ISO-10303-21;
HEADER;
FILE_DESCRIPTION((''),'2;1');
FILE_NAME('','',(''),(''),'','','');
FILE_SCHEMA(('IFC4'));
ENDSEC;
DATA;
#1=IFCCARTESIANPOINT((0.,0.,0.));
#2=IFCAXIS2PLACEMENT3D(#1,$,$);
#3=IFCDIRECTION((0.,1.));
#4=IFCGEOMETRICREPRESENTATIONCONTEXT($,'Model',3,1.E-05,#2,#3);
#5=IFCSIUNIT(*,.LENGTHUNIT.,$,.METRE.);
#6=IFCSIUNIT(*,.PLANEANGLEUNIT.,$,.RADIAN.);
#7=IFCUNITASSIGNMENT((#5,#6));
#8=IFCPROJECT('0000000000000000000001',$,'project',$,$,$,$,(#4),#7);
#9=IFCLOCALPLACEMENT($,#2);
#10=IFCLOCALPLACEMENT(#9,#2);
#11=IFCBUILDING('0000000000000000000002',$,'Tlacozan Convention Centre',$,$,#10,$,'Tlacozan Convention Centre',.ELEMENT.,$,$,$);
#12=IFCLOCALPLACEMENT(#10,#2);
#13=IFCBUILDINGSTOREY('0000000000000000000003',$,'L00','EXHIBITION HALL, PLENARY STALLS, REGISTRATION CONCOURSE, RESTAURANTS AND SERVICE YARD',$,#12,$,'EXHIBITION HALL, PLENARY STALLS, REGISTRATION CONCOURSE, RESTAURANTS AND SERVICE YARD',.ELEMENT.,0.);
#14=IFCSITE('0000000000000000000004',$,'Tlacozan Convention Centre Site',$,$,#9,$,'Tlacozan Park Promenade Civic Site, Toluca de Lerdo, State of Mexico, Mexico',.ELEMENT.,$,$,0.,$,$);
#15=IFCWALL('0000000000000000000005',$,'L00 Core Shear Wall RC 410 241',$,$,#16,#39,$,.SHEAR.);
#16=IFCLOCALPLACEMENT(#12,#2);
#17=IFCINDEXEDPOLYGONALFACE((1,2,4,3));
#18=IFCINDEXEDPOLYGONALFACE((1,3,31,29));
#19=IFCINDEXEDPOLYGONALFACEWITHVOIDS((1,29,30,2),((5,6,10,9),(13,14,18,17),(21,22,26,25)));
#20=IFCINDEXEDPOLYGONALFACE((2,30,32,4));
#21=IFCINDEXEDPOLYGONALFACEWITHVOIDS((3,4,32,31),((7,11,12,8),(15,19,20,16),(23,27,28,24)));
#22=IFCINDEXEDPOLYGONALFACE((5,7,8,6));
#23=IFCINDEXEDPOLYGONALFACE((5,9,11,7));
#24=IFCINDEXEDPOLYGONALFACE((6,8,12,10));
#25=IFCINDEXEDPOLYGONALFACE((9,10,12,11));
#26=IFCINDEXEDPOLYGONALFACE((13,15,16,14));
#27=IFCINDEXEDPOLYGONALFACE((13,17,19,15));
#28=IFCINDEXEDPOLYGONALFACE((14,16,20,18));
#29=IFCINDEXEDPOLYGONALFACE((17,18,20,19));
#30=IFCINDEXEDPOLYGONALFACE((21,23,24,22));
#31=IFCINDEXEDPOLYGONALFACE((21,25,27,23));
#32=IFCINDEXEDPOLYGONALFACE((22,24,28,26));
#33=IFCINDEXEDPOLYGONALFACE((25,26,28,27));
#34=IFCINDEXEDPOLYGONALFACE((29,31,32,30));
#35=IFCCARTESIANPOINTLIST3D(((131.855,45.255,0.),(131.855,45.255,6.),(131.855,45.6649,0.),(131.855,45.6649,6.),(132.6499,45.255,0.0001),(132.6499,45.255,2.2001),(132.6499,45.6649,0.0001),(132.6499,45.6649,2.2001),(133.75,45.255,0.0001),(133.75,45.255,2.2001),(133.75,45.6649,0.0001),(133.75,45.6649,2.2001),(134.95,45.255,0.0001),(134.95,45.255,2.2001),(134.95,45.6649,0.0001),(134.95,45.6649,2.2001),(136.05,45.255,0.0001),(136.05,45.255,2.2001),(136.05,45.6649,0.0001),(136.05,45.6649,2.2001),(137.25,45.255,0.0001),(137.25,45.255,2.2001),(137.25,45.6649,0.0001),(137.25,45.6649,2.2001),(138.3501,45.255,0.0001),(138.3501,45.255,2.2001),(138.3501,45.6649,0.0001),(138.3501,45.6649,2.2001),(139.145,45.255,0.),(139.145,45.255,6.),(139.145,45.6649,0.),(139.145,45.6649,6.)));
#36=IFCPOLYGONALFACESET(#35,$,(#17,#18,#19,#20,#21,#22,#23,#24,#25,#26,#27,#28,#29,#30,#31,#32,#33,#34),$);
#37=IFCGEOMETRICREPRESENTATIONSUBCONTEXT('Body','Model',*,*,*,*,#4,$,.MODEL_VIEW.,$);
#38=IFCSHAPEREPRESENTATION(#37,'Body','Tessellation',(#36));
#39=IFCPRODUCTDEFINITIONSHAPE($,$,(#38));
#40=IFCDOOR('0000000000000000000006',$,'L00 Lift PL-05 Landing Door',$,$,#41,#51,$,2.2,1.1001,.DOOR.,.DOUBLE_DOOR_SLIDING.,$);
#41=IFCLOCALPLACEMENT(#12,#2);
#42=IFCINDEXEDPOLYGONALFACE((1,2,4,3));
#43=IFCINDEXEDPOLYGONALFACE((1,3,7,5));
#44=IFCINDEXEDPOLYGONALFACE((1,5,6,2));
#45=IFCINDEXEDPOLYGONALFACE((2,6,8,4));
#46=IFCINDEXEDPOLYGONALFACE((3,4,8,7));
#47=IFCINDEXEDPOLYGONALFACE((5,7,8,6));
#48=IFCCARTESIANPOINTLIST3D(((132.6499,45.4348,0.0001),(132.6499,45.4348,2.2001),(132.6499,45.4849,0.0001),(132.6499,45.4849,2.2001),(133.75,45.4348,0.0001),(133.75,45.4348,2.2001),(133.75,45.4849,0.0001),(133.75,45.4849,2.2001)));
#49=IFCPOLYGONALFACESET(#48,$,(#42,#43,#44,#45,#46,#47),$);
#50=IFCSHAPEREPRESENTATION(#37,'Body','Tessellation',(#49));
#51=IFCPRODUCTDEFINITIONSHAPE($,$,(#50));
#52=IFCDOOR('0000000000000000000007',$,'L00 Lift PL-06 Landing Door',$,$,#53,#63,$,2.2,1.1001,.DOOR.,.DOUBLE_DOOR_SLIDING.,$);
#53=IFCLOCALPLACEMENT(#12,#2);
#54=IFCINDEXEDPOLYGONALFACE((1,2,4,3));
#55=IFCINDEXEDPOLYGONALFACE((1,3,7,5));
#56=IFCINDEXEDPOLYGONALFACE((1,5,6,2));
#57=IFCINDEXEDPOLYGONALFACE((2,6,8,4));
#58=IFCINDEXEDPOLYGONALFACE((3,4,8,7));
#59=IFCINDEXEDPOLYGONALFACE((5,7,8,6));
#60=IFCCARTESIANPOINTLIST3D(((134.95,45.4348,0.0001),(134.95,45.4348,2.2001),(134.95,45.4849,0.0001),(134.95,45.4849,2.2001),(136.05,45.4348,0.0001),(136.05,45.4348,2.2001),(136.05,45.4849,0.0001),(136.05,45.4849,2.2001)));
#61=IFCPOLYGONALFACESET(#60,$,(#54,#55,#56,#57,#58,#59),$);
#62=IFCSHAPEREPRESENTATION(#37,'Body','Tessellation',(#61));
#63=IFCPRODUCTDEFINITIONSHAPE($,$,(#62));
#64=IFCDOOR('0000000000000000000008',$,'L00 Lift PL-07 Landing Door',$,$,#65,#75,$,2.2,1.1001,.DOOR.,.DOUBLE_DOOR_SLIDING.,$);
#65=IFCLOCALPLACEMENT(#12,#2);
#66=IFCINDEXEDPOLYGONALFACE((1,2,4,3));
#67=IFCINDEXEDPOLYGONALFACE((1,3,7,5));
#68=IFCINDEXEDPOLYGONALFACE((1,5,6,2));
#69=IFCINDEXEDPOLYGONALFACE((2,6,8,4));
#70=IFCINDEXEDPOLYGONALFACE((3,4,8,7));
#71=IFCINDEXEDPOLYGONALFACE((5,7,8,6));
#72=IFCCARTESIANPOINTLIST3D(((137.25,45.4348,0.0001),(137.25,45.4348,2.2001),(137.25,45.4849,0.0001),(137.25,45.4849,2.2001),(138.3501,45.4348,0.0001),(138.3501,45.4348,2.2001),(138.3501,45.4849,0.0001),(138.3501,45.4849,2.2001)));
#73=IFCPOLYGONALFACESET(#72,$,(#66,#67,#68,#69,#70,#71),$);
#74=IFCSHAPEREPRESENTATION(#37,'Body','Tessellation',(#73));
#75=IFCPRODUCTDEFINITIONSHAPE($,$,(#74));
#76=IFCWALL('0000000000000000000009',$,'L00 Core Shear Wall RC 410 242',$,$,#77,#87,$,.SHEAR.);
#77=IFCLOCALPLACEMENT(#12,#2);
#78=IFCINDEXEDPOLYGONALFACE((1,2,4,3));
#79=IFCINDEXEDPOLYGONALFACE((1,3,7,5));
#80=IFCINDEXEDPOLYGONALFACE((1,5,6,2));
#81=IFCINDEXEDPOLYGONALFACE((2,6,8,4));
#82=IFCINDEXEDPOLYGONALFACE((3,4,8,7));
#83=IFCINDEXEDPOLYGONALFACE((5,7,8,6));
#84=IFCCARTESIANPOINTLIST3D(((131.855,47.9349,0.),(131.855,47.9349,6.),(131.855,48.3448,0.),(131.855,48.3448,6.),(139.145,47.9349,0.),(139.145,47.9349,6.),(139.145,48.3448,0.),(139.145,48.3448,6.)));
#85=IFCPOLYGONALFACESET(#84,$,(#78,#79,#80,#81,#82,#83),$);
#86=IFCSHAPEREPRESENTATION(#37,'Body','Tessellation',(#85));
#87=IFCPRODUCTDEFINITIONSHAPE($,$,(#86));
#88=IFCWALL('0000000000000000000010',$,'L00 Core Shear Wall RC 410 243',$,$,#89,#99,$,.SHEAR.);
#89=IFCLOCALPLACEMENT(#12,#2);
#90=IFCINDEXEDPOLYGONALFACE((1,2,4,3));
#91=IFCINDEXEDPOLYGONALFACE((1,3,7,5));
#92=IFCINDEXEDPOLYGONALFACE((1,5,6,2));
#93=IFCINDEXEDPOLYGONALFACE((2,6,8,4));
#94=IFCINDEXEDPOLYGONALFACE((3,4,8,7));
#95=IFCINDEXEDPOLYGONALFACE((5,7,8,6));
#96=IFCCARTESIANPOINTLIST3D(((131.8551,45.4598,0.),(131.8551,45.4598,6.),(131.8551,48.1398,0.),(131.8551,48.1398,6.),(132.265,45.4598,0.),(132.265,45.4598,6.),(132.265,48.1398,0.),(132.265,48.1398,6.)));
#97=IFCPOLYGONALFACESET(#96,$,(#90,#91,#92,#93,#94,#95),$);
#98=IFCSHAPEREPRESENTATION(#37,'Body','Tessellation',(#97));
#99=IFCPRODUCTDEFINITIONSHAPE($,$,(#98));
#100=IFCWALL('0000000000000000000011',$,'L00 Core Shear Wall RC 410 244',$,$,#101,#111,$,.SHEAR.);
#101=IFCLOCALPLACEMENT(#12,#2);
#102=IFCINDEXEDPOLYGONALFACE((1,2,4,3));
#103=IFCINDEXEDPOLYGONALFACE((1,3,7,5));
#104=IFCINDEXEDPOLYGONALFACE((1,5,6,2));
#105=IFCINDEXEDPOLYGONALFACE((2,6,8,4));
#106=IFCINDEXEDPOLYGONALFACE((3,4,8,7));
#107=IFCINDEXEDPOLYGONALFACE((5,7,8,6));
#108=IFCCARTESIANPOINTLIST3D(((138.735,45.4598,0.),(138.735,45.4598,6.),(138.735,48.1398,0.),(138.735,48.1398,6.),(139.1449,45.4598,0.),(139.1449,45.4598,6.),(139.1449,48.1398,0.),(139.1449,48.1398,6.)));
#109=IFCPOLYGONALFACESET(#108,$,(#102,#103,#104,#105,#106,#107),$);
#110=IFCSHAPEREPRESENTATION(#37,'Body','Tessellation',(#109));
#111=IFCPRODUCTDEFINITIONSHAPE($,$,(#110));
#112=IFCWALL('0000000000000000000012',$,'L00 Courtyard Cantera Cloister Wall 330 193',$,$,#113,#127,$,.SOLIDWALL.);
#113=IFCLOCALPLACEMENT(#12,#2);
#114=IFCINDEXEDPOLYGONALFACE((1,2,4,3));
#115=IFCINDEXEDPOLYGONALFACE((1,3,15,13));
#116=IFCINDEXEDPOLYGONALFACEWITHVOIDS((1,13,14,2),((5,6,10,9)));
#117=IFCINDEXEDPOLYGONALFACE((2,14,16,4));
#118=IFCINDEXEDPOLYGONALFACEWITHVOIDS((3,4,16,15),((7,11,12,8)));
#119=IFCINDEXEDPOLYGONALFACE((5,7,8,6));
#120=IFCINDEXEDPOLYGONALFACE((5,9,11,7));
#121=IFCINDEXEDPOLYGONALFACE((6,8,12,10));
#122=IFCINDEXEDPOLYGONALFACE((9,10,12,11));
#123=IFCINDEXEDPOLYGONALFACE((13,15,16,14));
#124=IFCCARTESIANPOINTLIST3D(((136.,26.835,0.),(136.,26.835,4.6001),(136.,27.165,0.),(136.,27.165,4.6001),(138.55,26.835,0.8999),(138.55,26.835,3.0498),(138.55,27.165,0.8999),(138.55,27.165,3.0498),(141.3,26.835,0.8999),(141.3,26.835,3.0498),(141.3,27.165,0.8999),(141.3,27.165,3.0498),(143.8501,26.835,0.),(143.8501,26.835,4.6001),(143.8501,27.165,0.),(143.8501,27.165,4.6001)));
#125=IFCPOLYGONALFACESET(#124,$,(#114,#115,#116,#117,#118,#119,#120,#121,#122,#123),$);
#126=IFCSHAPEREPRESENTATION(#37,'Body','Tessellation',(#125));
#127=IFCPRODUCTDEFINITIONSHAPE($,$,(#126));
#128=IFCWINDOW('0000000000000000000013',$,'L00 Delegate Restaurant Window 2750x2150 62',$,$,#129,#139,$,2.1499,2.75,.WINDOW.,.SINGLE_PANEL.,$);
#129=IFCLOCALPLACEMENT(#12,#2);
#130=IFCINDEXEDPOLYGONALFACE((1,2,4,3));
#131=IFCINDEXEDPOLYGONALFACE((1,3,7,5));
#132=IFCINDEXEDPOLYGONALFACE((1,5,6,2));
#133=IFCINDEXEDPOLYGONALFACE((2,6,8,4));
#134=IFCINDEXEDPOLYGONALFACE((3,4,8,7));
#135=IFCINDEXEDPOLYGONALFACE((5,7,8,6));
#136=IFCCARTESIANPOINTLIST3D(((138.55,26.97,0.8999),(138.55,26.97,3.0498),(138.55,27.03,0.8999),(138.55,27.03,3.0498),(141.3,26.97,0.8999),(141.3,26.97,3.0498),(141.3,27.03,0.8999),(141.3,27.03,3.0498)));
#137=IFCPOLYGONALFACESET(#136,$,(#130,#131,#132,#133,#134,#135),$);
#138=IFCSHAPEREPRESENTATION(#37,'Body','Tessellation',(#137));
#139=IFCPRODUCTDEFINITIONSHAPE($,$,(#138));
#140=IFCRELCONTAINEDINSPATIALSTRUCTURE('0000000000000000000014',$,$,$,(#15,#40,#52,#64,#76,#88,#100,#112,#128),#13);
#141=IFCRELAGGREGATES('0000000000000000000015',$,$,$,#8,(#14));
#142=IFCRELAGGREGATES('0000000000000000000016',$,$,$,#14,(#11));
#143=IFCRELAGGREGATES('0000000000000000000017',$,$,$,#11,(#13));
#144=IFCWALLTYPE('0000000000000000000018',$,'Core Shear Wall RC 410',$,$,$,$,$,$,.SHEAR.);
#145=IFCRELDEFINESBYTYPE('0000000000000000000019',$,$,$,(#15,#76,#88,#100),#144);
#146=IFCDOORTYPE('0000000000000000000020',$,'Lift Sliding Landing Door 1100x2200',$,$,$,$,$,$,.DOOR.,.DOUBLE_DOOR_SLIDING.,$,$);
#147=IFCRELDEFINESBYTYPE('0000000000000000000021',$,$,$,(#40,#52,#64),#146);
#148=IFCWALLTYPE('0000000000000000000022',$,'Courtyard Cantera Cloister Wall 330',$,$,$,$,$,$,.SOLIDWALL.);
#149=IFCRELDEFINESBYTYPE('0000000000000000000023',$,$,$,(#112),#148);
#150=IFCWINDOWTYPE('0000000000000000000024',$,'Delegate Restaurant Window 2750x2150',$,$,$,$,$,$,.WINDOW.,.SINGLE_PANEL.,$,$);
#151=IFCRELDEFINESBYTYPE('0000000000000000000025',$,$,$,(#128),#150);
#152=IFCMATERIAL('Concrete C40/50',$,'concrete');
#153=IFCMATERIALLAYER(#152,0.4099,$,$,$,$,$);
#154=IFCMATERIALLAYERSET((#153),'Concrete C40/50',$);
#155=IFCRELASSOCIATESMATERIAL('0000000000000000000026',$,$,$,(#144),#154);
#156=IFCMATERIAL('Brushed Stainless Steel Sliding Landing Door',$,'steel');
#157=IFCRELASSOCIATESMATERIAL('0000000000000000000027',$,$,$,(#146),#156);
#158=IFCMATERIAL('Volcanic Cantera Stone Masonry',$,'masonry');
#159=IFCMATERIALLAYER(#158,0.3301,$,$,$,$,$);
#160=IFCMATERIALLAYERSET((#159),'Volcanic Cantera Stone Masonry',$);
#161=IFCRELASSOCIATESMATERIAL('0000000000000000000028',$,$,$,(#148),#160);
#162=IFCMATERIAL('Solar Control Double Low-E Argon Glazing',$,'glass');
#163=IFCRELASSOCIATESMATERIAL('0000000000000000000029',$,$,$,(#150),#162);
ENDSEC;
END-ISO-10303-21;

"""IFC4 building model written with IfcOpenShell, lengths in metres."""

from ifc_helpers import new_model, si_unit, direction, frame, frame_2d, origin, place, context, subcontext, project, spatial, rectangle, extrude, material, layer, layer_set, type_object, element, fill, save


model = new_model("IFC4")

# Units and contexts
model_context = context("Model", 3, precision=1e-05, world=origin(), true_north=direction((0.0, 1.0)))
body_context = subcontext(model_context, "Body", "Model", "MODEL_VIEW")
ifc_project = project(units=[si_unit("LENGTHUNIT", "METRE"), si_unit("PLANEANGLEUNIT", "RADIAN")], contexts=[model_context])

# Site, building, storey
site_placement = place(None, origin())
site = spatial("IfcSite", under=ifc_project, at=site_placement, Name="Tlacozan Convention Centre Site", LongName="Tlacozan Park Promenade Civic Site, Toluca de Lerdo, State of Mexico, Mexico", CompositionType="ELEMENT", RefElevation=0.0)
building_placement = place(site_placement, origin())
building = spatial("IfcBuilding", under=site, at=building_placement, Name="Tlacozan Convention Centre", LongName="Tlacozan Convention Centre", CompositionType="ELEMENT")
storey_placement = place(building_placement, origin())
storey = spatial("IfcBuildingStorey", under=building, at=storey_placement, Name="L00", Description="EXHIBITION HALL, PLENARY STALLS, REGISTRATION CONCOURSE, RESTAURANTS AND SERVICE YARD", LongName="EXHIBITION HALL, PLENARY STALLS, REGISTRATION CONCOURSE, RESTAURANTS AND SERVICE YARD", CompositionType="ELEMENT", Elevation=0.0)

# Shared definitions
ifc_material_1 = material(Name="Concrete C40/50", Category="concrete")

# Wall, openings, doors
ifc_layer_1 = layer(ifc_material_1, 0.4099)
ifc_layer_set_1 = layer_set([ifc_layer_1], Name="Concrete C40/50")
wall_type_1 = type_object("IfcWallType", Name="Core Shear Wall RC 410", PredefinedType="SHEAR", material=ifc_layer_set_1)
wall_1_placement = place(storey_placement, frame((131.855, 45.46, 0.0), z_axis=(0.0, 0.0, 1.0), x_axis=(1.0, 0.0, 0.0)))
wall_1 = element("IfcWall", 1, at=wall_1_placement, inside=storey, type_object=wall_type_1, Name="L00 Core Shear Wall RC 410 241", PredefinedType="SHEAR", context=body_context, shape_type="SweptSolid", body=[
    extrude(rectangle(XDim=7.29, YDim=0.4099, at=frame_2d((3.645, 0.0))), origin(), (0.0, 0.0, 1.0), 6.0),
])
opening_1_placement = place(wall_1_placement, frame((0.7949, 0.0, 0.0)))
opening_1 = element("IfcOpeningElement", 2, at=opening_1_placement, cuts=wall_1, PredefinedType="OPENING", context=body_context, shape_type="SweptSolid", body=[
    extrude(rectangle(XDim=1.1001, YDim=2.2, at=frame_2d((0.55, 1.1001))), frame((0.0, 0.2148, 0.0), z_axis=(0.0, -1.0, 0.0), x_axis=(1.0, 0.0, 0.0)), (0.0, 0.0, 1.0), 0.4299),
])
opening_2_placement = place(wall_1_placement, frame((3.095, 0.0, 0.0)))
opening_2 = element("IfcOpeningElement", 3, at=opening_2_placement, cuts=wall_1, PredefinedType="OPENING", context=body_context, shape_type="SweptSolid", body=[
    extrude(rectangle(XDim=1.1001, YDim=2.2, at=frame_2d((0.55, 1.1001))), frame((0.0, 0.2148, 0.0), z_axis=(0.0, -1.0, 0.0), x_axis=(1.0, 0.0, 0.0)), (0.0, 0.0, 1.0), 0.4299),
])
opening_3_placement = place(wall_1_placement, frame((5.395, 0.0, 0.0)))
opening_3 = element("IfcOpeningElement", 4, at=opening_3_placement, cuts=wall_1, PredefinedType="OPENING", context=body_context, shape_type="SweptSolid", body=[
    extrude(rectangle(XDim=1.1001, YDim=2.2, at=frame_2d((0.55, 1.1001))), frame((0.0, 0.2148, 0.0), z_axis=(0.0, -1.0, 0.0), x_axis=(1.0, 0.0, 0.0)), (0.0, 0.0, 1.0), 0.4299),
])
ifc_material_2 = material(Name="Brushed Stainless Steel Sliding Landing Door", Category="steel")
door_type_1 = type_object("IfcDoorType", Name="Lift Sliding Landing Door 1100x2200", OperationType="DOUBLE_DOOR_SLIDING", PredefinedType="DOOR", material=ifc_material_2)
door_1_placement = place(opening_1_placement, origin())
door_1 = element("IfcDoor", 5, at=door_1_placement, inside=storey, type_object=door_type_1, Name="L00 Lift PL-05 Landing Door", OperationType="DOUBLE_DOOR_SLIDING", OverallHeight=2.2, OverallWidth=1.1001, PredefinedType="DOOR", context=body_context, shape_type="SweptSolid", body=[
    extrude(rectangle(XDim=1.1001, YDim=2.2, at=frame_2d((0.55, 1.1001))), frame((0.0, 0.0249, 0.0), z_axis=(0.0, -1.0, 0.0), x_axis=(1.0, 0.0, 0.0)), (0.0, 0.0, 1.0), 0.05),
])
fill(opening_1, door_1)
door_2_placement = place(opening_2_placement, origin())
door_2 = element("IfcDoor", 6, at=door_2_placement, inside=storey, type_object=door_type_1, Name="L00 Lift PL-06 Landing Door", OperationType="DOUBLE_DOOR_SLIDING", OverallHeight=2.2, OverallWidth=1.1001, PredefinedType="DOOR", context=body_context, shape_type="SweptSolid", body=[
    extrude(rectangle(XDim=1.1001, YDim=2.2, at=frame_2d((0.55, 1.1001))), frame((0.0, 0.0249, 0.0), z_axis=(0.0, -1.0, 0.0), x_axis=(1.0, 0.0, 0.0)), (0.0, 0.0, 1.0), 0.05),
])
fill(opening_2, door_2)
door_3_placement = place(opening_3_placement, origin())
door_3 = element("IfcDoor", 7, at=door_3_placement, inside=storey, type_object=door_type_1, Name="L00 Lift PL-07 Landing Door", OperationType="DOUBLE_DOOR_SLIDING", OverallHeight=2.2, OverallWidth=1.1001, PredefinedType="DOOR", context=body_context, shape_type="SweptSolid", body=[
    extrude(rectangle(XDim=1.1001, YDim=2.2, at=frame_2d((0.55, 1.1001))), frame((0.0, 0.0249, 0.0), z_axis=(0.0, -1.0, 0.0), x_axis=(1.0, 0.0, 0.0)), (0.0, 0.0, 1.0), 0.05),
])
fill(opening_3, door_3)

# Walls
wall_2_placement = place(storey_placement, frame((131.855, 48.1399, 0.0), z_axis=(0.0, 0.0, 1.0), x_axis=(1.0, 0.0, 0.0)))
element("IfcWall", 8, at=wall_2_placement, inside=storey, type_object=wall_type_1, Name="L00 Core Shear Wall RC 410 242", PredefinedType="SHEAR", context=body_context, shape_type="SweptSolid", body=[
    extrude(rectangle(XDim=7.29, YDim=0.4099, at=frame_2d((3.645, 0.0))), origin(), (0.0, 0.0, 1.0), 6.0),
])
for number, where, z_axis, x_axis, name in (
    (9, (132.0601, 45.46, 0.0), (0.0, 0.0, 1.0), (0.0, 1.0, 0.0), "L00 Core Shear Wall RC 410 243"),
    (10, (138.9399, 45.46, 0.0), (0.0, 0.0, 1.0), (0.0, 1.0, 0.0), "L00 Core Shear Wall RC 410 244"),
):
    element("IfcWall", number, at=place(storey_placement, frame(where, z_axis=z_axis, x_axis=x_axis)), inside=storey, type_object=wall_type_1, Name=name, PredefinedType="SHEAR", context=body_context, shape_type="SweptSolid", body=[
        extrude(rectangle(XDim=2.6799, YDim=0.4099, at=frame_2d((1.3398, 0.0))), origin(), (0.0, 0.0, 1.0), 6.0),
    ])

# Wall, opening, window
ifc_material_3 = material(Name="Volcanic Cantera Stone Masonry", Category="masonry")
ifc_layer_2 = layer(ifc_material_3, 0.3301)
ifc_layer_set_2 = layer_set([ifc_layer_2], Name="Volcanic Cantera Stone Masonry")
wall_type_2 = type_object("IfcWallType", Name="Courtyard Cantera Cloister Wall 330", PredefinedType="SOLIDWALL", material=ifc_layer_set_2)
wall_3_placement = place(storey_placement, frame((136.0, 27.0, 0.0), z_axis=(0.0, 0.0, 1.0), x_axis=(1.0, 0.0, 0.0)))
wall_3 = element("IfcWall", 11, at=wall_3_placement, inside=storey, type_object=wall_type_2, Name="L00 Courtyard Cantera Cloister Wall 330 193", PredefinedType="SOLIDWALL", context=body_context, shape_type="SweptSolid", body=[
    extrude(rectangle(XDim=7.8501, YDim=0.3301, at=frame_2d((3.925, 0.0))), origin(), (0.0, 0.0, 1.0), 4.6001),
])
opening_4_placement = place(wall_3_placement, frame((2.55, 0.0, 0.8999)))
opening_4 = element("IfcOpeningElement", 12, at=opening_4_placement, cuts=wall_3, PredefinedType="OPENING", context=body_context, shape_type="SweptSolid", body=[
    extrude(rectangle(XDim=2.75, YDim=2.1499, at=frame_2d((1.375, 1.075))), frame((0.0, 0.175, 0.0), z_axis=(0.0, -1.0, 0.0), x_axis=(1.0, 0.0, 0.0)), (0.0, 0.0, 1.0), 0.3501),
])
ifc_material_4 = material(Name="Solar Control Double Low-E Argon Glazing", Category="glass")
window_type = type_object("IfcWindowType", Name="Delegate Restaurant Window 2750x2150", PartitioningType="SINGLE_PANEL", PredefinedType="WINDOW", material=ifc_material_4)
window_placement = place(opening_4_placement, origin())
window = element("IfcWindow", 13, at=window_placement, inside=storey, type_object=window_type, Name="L00 Delegate Restaurant Window 2750x2150 62", OverallHeight=2.1499, OverallWidth=2.75, PartitioningType="SINGLE_PANEL", PredefinedType="WINDOW", context=body_context, shape_type="SweptSolid", body=[
    extrude(rectangle(XDim=2.75, YDim=2.1499, at=frame_2d((1.375, 1.075))), frame((0.0, 0.03, 0.0), z_axis=(0.0, -1.0, 0.0), x_axis=(1.0, 0.0, 0.0)), (0.0, 0.0, 1.0), 0.0601),
])
fill(opening_4, window)

save(model, "model.ifc")
